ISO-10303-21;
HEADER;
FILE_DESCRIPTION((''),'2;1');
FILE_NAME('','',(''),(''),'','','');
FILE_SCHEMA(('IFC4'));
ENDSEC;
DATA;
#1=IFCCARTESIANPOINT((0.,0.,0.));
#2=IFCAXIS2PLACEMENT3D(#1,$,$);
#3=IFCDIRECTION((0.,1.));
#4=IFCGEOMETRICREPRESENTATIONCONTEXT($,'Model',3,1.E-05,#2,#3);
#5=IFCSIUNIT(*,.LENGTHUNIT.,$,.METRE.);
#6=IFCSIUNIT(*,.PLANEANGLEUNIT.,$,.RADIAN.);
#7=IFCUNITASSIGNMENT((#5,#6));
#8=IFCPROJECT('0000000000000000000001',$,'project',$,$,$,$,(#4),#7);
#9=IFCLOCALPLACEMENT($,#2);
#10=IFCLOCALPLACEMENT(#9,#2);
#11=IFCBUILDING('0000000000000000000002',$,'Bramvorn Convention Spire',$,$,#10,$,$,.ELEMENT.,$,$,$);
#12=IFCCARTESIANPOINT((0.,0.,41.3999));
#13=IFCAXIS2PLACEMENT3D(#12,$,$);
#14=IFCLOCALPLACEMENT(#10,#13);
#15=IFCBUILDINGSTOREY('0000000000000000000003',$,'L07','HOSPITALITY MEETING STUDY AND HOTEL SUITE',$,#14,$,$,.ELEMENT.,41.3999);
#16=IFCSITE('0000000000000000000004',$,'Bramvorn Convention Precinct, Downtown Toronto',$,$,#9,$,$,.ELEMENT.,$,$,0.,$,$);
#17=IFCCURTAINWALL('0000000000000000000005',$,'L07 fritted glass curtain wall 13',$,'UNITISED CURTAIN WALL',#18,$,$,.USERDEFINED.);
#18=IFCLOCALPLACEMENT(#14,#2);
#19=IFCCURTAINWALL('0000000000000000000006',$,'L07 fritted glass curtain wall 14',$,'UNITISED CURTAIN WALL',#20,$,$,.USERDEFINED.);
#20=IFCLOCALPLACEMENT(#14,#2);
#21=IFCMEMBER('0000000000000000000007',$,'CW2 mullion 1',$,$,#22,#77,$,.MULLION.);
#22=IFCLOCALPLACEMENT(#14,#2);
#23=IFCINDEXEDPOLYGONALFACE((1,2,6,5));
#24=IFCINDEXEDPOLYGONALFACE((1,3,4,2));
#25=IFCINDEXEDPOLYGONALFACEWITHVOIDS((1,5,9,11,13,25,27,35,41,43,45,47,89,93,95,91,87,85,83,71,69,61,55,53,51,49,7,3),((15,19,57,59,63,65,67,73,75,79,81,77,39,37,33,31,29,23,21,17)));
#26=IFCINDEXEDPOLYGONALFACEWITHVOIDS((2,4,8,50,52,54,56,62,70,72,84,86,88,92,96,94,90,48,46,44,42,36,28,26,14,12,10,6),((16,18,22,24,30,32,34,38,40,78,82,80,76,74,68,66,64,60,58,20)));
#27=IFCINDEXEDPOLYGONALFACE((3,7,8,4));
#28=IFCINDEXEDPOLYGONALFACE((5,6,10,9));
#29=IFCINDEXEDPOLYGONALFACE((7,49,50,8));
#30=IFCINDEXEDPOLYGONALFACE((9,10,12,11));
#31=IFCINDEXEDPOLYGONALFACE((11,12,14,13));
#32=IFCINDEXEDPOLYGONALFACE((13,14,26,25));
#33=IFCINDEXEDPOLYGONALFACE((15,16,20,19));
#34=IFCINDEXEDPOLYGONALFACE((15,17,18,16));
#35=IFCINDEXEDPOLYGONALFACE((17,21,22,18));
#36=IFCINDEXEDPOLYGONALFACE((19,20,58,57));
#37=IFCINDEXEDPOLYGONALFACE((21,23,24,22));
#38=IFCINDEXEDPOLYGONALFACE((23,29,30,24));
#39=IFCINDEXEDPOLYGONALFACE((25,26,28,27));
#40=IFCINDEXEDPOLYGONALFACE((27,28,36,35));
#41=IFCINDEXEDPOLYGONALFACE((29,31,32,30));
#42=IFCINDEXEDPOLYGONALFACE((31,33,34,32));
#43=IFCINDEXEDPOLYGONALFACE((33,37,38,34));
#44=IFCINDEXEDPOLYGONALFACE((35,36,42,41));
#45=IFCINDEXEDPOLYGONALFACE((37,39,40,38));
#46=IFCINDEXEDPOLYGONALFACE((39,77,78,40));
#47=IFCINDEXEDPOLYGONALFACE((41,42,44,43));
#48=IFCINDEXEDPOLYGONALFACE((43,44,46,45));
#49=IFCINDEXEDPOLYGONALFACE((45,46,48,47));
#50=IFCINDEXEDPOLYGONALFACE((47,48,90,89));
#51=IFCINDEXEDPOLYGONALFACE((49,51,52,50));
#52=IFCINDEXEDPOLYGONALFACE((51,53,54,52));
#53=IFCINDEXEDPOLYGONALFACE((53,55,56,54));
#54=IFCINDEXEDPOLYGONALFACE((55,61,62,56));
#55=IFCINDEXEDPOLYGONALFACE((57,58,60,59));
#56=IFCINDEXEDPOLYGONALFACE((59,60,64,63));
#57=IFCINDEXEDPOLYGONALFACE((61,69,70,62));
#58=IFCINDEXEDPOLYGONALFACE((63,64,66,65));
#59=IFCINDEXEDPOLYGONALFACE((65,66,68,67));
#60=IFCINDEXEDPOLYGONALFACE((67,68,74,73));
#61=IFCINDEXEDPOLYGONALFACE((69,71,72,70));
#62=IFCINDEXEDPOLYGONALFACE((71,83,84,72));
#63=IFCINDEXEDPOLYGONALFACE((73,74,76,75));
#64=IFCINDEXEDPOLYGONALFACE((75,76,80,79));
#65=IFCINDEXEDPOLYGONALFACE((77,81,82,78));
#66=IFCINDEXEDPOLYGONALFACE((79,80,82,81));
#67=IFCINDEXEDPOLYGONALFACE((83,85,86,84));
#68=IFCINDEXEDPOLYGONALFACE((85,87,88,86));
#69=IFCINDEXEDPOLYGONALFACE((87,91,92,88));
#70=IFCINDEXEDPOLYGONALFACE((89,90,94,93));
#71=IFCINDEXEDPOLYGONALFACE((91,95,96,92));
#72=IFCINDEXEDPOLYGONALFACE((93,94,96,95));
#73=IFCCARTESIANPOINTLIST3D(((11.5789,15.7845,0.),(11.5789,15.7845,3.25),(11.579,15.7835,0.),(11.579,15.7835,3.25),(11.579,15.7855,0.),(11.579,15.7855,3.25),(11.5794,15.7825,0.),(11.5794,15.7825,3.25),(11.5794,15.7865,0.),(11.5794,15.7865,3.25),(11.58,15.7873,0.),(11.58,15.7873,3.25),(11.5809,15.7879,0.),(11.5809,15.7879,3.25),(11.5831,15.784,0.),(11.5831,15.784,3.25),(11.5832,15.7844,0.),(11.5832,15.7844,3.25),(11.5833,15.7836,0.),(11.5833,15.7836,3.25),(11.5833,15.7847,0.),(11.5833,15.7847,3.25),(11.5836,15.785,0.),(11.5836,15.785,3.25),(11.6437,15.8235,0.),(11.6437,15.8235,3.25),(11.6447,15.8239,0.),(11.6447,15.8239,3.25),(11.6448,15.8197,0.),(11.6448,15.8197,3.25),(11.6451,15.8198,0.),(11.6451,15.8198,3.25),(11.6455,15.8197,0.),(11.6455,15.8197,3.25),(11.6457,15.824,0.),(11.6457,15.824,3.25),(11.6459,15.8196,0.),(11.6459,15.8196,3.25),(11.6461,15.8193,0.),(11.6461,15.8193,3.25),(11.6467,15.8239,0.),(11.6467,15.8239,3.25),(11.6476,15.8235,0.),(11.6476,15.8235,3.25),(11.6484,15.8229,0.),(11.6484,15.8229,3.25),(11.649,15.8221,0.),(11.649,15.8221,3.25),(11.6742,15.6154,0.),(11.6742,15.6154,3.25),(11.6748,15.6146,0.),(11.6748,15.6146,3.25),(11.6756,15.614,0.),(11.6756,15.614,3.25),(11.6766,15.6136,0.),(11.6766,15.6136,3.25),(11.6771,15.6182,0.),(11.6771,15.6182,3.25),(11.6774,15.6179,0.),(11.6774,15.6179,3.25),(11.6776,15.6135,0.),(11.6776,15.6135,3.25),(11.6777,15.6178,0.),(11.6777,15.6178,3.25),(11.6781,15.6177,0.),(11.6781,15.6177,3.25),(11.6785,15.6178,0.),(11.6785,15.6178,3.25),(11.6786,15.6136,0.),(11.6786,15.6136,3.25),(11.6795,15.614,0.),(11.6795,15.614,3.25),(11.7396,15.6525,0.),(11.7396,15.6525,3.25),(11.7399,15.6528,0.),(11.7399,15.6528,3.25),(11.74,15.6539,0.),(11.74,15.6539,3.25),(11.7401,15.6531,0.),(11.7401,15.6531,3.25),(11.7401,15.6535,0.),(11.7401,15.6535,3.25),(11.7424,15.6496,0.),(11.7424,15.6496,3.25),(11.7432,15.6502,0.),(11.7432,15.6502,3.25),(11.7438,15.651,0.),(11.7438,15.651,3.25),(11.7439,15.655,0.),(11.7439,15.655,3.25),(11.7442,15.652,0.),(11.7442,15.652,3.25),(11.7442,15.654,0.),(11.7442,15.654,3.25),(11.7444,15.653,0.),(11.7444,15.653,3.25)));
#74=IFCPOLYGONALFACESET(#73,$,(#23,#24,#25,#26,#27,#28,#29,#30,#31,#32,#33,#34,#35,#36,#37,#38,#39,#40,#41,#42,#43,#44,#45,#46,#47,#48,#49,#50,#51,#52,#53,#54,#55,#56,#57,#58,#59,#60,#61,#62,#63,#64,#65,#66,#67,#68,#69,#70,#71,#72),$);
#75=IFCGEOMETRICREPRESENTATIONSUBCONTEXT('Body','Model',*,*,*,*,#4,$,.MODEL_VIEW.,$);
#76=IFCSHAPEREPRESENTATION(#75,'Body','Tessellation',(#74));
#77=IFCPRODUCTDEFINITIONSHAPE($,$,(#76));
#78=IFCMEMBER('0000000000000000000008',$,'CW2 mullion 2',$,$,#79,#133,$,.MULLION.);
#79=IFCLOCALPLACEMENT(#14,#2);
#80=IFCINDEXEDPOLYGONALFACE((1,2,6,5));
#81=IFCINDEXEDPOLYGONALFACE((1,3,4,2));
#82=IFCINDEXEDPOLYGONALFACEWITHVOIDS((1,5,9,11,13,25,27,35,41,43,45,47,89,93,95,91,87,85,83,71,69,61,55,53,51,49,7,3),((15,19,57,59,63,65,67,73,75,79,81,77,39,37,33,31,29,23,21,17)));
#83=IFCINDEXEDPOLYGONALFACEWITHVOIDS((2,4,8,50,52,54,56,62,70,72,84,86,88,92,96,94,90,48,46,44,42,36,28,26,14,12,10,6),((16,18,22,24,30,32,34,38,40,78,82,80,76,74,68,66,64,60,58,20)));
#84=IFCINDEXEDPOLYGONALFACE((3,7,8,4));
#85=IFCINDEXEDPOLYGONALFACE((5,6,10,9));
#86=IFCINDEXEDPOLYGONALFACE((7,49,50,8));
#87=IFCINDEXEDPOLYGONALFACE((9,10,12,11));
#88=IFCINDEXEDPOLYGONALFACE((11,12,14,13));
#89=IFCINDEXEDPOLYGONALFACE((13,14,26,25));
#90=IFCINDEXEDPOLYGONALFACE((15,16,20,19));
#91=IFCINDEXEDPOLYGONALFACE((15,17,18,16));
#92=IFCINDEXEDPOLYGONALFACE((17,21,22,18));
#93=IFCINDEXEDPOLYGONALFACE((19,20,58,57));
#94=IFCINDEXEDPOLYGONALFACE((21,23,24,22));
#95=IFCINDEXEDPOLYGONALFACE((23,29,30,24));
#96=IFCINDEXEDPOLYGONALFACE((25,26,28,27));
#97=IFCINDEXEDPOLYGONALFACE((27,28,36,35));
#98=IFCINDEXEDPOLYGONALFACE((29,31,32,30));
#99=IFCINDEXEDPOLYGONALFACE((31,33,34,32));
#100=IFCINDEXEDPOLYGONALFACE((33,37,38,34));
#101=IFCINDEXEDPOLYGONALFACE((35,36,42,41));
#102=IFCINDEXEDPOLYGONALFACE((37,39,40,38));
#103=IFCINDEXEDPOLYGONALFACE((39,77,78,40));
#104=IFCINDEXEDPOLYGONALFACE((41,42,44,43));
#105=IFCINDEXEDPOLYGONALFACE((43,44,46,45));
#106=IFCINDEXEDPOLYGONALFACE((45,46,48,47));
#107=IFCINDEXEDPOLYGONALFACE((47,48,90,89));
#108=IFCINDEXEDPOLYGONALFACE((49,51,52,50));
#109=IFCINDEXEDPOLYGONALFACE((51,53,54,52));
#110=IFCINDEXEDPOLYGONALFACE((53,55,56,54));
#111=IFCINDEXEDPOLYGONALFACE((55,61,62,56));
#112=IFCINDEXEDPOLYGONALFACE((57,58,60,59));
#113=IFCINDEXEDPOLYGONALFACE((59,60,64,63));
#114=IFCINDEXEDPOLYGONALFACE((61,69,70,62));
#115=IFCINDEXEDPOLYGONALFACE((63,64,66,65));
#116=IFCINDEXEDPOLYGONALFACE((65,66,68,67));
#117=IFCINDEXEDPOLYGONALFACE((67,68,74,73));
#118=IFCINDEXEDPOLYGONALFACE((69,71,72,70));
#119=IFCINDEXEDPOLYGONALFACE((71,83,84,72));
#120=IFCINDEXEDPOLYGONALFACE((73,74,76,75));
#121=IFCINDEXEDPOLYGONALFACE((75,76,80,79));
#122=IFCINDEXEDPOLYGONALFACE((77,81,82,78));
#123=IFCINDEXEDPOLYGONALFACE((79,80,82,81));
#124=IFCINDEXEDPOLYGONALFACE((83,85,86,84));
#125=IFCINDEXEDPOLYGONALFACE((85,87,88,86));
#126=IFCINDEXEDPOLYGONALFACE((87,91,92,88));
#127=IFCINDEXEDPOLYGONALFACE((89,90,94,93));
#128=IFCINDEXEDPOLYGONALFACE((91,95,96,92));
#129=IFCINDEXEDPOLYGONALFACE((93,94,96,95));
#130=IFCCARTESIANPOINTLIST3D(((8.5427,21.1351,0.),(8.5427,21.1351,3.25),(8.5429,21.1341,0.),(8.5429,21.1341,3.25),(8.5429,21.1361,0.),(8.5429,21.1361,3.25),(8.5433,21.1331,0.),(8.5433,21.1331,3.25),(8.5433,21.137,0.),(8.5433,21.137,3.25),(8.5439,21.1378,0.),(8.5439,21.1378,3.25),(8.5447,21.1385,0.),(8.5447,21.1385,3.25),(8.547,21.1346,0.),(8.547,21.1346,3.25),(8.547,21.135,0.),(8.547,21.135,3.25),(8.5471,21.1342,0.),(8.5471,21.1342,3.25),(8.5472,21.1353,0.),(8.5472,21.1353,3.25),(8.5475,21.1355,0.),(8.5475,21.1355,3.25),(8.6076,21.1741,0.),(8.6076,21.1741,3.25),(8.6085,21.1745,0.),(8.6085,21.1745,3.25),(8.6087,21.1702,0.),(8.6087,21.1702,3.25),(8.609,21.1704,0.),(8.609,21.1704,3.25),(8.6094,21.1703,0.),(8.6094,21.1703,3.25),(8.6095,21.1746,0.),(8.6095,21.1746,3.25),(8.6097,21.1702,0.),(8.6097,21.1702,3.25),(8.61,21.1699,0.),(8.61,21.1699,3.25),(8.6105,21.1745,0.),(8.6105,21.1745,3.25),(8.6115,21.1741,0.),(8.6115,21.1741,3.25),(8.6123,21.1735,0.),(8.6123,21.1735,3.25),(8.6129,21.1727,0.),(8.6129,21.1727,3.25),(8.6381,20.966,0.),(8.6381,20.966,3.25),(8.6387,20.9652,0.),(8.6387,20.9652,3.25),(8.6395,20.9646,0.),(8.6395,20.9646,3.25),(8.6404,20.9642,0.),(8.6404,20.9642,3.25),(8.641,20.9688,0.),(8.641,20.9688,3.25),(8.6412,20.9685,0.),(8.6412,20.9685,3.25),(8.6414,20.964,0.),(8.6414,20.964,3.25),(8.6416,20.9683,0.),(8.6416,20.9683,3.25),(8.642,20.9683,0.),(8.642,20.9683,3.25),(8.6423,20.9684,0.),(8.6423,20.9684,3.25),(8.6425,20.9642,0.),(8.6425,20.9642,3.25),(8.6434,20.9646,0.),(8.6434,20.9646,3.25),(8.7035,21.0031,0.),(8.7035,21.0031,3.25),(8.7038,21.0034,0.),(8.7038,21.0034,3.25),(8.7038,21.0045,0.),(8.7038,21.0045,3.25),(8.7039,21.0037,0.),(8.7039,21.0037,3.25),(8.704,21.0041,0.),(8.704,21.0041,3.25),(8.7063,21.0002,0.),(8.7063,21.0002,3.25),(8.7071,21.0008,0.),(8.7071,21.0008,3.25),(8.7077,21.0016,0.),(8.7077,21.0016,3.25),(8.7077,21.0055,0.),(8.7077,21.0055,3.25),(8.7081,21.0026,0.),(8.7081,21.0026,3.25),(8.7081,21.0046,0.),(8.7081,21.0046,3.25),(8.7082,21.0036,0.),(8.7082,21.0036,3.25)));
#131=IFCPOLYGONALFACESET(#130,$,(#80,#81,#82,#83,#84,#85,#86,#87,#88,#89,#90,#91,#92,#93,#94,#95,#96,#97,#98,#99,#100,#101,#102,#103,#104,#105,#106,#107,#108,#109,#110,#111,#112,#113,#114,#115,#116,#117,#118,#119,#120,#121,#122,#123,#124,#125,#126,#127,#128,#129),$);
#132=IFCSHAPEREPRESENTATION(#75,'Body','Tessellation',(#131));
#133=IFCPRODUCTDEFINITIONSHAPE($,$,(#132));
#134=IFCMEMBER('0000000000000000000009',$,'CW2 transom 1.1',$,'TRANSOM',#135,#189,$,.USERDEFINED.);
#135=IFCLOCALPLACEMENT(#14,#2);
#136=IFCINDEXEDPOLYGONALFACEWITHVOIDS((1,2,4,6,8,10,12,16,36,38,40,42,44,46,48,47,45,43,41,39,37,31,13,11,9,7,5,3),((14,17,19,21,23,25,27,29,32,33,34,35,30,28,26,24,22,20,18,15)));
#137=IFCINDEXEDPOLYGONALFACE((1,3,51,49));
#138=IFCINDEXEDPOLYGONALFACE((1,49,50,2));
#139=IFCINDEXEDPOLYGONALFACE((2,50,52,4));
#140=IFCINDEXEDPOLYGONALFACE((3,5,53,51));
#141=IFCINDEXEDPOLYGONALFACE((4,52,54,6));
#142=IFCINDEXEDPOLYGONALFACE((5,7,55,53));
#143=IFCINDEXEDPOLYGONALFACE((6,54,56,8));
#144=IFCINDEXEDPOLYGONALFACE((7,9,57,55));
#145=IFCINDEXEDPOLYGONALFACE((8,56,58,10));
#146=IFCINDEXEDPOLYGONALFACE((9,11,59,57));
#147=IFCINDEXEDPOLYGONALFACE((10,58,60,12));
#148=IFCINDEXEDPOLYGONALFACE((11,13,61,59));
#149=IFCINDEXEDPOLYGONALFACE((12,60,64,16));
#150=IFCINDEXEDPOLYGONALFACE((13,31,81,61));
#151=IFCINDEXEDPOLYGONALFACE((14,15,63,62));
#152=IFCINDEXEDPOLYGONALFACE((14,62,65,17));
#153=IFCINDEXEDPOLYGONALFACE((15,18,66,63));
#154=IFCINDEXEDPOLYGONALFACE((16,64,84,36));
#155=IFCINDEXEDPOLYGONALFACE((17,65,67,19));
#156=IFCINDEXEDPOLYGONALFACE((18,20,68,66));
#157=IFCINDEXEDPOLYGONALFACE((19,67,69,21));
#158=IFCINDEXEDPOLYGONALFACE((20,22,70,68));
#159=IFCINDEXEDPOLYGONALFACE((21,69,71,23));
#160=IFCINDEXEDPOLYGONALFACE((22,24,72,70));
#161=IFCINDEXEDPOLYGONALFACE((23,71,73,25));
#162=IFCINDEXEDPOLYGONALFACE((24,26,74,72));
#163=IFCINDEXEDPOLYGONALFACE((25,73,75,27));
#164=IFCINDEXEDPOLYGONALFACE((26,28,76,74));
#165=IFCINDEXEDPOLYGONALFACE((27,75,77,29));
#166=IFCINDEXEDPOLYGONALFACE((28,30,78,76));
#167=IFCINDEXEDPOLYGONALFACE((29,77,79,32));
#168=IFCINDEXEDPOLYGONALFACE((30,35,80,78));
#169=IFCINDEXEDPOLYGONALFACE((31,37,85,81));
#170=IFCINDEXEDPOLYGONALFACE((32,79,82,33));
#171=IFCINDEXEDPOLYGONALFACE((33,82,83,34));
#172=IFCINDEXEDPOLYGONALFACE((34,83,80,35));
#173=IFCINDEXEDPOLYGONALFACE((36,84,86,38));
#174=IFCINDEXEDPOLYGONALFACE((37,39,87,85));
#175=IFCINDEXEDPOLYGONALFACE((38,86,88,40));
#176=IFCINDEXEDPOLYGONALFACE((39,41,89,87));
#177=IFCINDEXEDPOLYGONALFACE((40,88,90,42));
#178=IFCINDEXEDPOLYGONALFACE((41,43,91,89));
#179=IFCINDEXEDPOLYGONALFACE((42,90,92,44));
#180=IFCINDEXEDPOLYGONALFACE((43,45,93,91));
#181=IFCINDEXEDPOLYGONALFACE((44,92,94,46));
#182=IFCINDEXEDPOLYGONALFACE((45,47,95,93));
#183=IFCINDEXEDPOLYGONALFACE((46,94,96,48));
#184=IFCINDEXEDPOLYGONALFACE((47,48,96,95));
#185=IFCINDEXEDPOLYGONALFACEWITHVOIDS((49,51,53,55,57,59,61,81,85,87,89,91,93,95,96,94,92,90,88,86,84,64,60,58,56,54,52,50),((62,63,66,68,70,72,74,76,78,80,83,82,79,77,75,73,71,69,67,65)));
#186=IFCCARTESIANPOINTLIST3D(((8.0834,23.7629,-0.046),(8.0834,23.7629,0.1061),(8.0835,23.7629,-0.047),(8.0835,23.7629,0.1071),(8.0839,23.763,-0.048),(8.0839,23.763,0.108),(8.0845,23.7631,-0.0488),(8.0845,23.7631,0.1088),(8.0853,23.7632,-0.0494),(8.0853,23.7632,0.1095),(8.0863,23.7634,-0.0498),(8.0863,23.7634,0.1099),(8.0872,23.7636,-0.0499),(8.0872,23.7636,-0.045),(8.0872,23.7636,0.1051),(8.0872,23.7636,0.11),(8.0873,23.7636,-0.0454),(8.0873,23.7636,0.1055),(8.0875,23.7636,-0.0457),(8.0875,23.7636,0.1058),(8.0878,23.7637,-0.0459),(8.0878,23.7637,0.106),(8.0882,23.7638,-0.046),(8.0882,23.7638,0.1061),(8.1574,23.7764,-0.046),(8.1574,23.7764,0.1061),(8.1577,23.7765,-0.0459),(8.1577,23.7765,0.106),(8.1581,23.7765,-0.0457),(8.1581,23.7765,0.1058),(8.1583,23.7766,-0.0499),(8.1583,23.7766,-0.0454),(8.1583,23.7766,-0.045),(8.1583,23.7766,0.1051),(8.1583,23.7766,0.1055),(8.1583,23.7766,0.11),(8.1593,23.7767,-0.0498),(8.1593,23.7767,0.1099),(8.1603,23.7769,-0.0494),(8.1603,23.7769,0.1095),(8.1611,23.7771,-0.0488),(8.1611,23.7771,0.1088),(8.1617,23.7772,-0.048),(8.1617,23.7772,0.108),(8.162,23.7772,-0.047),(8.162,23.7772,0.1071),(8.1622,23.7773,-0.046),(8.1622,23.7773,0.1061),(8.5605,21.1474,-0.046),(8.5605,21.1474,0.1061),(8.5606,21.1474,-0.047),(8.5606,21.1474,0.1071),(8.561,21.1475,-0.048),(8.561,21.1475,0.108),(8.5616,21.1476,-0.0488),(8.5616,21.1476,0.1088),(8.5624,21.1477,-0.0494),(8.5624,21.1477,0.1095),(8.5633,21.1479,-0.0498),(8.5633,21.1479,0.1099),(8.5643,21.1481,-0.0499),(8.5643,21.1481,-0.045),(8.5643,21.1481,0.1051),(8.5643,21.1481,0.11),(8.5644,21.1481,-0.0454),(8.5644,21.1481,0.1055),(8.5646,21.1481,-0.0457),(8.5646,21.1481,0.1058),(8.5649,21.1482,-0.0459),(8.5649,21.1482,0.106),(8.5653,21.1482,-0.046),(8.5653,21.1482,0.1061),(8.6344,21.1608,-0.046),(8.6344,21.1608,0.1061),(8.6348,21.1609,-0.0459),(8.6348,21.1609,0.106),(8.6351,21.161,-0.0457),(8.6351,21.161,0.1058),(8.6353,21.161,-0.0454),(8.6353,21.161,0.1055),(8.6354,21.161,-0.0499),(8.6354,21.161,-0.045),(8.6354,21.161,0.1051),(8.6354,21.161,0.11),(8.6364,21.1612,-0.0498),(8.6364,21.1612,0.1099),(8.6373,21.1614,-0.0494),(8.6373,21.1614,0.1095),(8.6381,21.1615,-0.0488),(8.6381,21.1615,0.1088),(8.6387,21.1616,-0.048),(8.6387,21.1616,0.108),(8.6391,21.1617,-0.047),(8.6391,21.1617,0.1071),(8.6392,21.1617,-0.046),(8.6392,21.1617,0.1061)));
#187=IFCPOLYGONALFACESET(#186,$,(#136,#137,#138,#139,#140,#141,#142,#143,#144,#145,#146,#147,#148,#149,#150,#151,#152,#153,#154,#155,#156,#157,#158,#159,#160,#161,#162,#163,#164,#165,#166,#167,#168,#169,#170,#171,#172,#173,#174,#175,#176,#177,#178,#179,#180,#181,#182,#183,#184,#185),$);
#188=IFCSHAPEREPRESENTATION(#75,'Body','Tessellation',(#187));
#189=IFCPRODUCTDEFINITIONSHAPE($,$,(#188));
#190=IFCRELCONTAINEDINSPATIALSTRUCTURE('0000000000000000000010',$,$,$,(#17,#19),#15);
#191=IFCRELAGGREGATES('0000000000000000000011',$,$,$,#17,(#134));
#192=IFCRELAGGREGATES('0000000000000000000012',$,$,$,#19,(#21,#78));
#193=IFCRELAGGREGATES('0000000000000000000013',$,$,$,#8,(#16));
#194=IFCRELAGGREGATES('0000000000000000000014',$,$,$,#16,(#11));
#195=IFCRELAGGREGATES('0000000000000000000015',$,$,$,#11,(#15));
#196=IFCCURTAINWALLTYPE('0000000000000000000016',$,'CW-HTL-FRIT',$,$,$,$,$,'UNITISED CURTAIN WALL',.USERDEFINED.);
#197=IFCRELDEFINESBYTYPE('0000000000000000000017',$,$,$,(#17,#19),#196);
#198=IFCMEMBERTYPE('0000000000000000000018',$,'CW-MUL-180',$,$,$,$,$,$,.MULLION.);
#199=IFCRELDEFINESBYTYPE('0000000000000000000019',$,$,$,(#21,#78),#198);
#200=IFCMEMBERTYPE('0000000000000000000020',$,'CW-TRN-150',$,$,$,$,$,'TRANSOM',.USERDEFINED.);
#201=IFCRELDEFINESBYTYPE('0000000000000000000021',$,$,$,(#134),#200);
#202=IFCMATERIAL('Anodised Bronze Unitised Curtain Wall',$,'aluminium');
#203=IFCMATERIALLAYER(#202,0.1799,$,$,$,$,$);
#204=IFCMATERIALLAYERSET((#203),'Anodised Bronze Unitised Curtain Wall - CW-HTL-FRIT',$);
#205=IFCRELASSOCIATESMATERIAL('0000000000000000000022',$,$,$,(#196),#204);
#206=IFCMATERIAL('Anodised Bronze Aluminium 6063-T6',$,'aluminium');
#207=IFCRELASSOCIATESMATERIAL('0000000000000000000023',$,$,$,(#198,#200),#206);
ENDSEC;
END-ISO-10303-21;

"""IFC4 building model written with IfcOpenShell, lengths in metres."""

from ifc_helpers import new_model, si_unit, direction, frame, origin, origin_2d, place, context, subcontext, project, spatial, hollow_rectangle, extrude, material, layer, layer_set, material_profile, profile_set, type_object, element, aggregate, save


model = new_model("IFC4")

# Units and contexts
model_context = context("Model", 3, precision=1e-05, world=origin(), true_north=direction((0.0, 1.0)))
body_context = subcontext(model_context, "Body", "Model", "MODEL_VIEW")
ifc_project = project(units=[si_unit("LENGTHUNIT", "METRE"), si_unit("PLANEANGLEUNIT", "RADIAN")], contexts=[model_context])

# Site, building, storey
site_placement = place(None, origin())
site = spatial("IfcSite", under=ifc_project, at=site_placement, Name="Bramvorn Convention Precinct, Downtown Toronto", CompositionType="ELEMENT", RefElevation=0.0)
building_placement = place(site_placement, origin())
building = spatial("IfcBuilding", under=site, at=building_placement, Name="Bramvorn Convention Spire", CompositionType="ELEMENT")
storey_placement = place(building_placement, frame((0.0, 0.0, 41.3999)))
storey = spatial("IfcBuildingStorey", under=building, at=storey_placement, Name="L07", Description="HOSPITALITY MEETING STUDY AND HOTEL SUITE", CompositionType="ELEMENT", Elevation=41.3999)

# Curtain wall
ifc_material_1 = material(Name="Anodised Bronze Unitised Curtain Wall", Category="aluminium")
ifc_layer_1 = layer(ifc_material_1, 0.1799)
ifc_layer_set_1 = layer_set([ifc_layer_1], Name="Anodised Bronze Unitised Curtain Wall - CW-HTL-FRIT")
curtain_wall_type = type_object("IfcCurtainWallType", Name="CW-HTL-FRIT", ElementType="UNITISED CURTAIN WALL", PredefinedType="USERDEFINED", material=ifc_layer_set_1)
curtain_wall_1_placement = place(storey_placement, origin())
curtain_wall_1 = element("IfcCurtainWall", 1, at=curtain_wall_1_placement, inside=storey, type_object=curtain_wall_type, Name="L07 fritted glass curtain wall 13", ObjectType="UNITISED CURTAIN WALL", PredefinedType="USERDEFINED")
ifc_material_2 = material(Name="Anodised Bronze Aluminium 6063-T6", Category="aluminium")
ifc_material_profile_1 = material_profile(ifc_material_2, hollow_rectangle(XDim=0.0801, YDim=0.2, WallThickness=0.0039, InnerFilletRadius=0.001, OuterFilletRadius=0.0039, at=origin_2d()))
ifc_profile_set_1 = profile_set([ifc_material_profile_1], Name="Anodised Bronze Aluminium 6063-T6 - CWM80X200")
member_type_1 = type_object("IfcMemberType", Name="CW-MUL-180", PredefinedType="MULLION", material=ifc_profile_set_1)

# Curtain wall, members
curtain_wall_2_placement = place(storey_placement, origin())
curtain_wall_2 = element("IfcCurtainWall", 2, at=curtain_wall_2_placement, inside=storey, type_object=curtain_wall_type, Name="L07 fritted glass curtain wall 14", ObjectType="UNITISED CURTAIN WALL", PredefinedType="USERDEFINED")
member_1_placement = place(storey_placement, frame((11.6616, 15.7188, 0.0), z_axis=(0.0, 0.0, 1.0), x_axis=(-0.869742, -0.493507, 0.0)))
member_1 = element("IfcMember", 3, at=member_1_placement, type_object=member_type_1, Name="CW2 mullion 1", PredefinedType="MULLION", context=body_context, shape_type="SweptSolid", body=[
    extrude(hollow_rectangle(XDim=0.0801, YDim=0.2, WallThickness=0.0039, InnerFilletRadius=0.001, OuterFilletRadius=0.0039, at=origin_2d()), origin(), (0.0, 0.0, 1.0), 3.25),
])
member_2_placement = place(storey_placement, frame((8.6255, 21.0693, 0.0), z_axis=(0.0, 0.0, 1.0), x_axis=(-0.869742, -0.493507, 0.0)))
member_2 = element("IfcMember", 4, at=member_2_placement, type_object=member_type_1, Name="CW2 mullion 2", PredefinedType="MULLION", context=body_context, shape_type="SweptSolid", body=[
    extrude(hollow_rectangle(XDim=0.0801, YDim=0.2, WallThickness=0.0039, InnerFilletRadius=0.001, OuterFilletRadius=0.0039, at=origin_2d()), origin(), (0.0, 0.0, 1.0), 3.25),
])

# Member
ifc_material_profile_2 = material_profile(ifc_material_2, hollow_rectangle(XDim=0.0801, YDim=0.1599, WallThickness=0.0039, InnerFilletRadius=0.001, OuterFilletRadius=0.0039, at=origin_2d()))
ifc_profile_set_2 = profile_set([ifc_material_profile_2], Name="Anodised Bronze Aluminium 6063-T6 - CWT80X160")
member_type_2 = type_object("IfcMemberType", Name="CW-TRN-150", ElementType="TRANSOM", PredefinedType="USERDEFINED", material=ifc_profile_set_2)
member_3_placement = place(storey_placement, frame((8.5999, 21.1545, 0.03), z_axis=(-0.179435, 0.98377, 0.0), x_axis=(-0.98377, -0.179435, 0.0)))
member_3 = element("IfcMember", 5, at=member_3_placement, type_object=member_type_2, Name="CW2 transom 1.1", ObjectType="TRANSOM", PredefinedType="USERDEFINED", context=body_context, shape_type="SweptSolid", body=[
    extrude(hollow_rectangle(XDim=0.0801, YDim=0.1599, WallThickness=0.0039, InnerFilletRadius=0.001, OuterFilletRadius=0.0039, at=origin_2d()), origin(), (0.0, 0.0, 1.0), 2.6587),
])

aggregate(curtain_wall_1, [member_3])
aggregate(curtain_wall_2, [member_1, member_2])

save(model, "model.ifc")
